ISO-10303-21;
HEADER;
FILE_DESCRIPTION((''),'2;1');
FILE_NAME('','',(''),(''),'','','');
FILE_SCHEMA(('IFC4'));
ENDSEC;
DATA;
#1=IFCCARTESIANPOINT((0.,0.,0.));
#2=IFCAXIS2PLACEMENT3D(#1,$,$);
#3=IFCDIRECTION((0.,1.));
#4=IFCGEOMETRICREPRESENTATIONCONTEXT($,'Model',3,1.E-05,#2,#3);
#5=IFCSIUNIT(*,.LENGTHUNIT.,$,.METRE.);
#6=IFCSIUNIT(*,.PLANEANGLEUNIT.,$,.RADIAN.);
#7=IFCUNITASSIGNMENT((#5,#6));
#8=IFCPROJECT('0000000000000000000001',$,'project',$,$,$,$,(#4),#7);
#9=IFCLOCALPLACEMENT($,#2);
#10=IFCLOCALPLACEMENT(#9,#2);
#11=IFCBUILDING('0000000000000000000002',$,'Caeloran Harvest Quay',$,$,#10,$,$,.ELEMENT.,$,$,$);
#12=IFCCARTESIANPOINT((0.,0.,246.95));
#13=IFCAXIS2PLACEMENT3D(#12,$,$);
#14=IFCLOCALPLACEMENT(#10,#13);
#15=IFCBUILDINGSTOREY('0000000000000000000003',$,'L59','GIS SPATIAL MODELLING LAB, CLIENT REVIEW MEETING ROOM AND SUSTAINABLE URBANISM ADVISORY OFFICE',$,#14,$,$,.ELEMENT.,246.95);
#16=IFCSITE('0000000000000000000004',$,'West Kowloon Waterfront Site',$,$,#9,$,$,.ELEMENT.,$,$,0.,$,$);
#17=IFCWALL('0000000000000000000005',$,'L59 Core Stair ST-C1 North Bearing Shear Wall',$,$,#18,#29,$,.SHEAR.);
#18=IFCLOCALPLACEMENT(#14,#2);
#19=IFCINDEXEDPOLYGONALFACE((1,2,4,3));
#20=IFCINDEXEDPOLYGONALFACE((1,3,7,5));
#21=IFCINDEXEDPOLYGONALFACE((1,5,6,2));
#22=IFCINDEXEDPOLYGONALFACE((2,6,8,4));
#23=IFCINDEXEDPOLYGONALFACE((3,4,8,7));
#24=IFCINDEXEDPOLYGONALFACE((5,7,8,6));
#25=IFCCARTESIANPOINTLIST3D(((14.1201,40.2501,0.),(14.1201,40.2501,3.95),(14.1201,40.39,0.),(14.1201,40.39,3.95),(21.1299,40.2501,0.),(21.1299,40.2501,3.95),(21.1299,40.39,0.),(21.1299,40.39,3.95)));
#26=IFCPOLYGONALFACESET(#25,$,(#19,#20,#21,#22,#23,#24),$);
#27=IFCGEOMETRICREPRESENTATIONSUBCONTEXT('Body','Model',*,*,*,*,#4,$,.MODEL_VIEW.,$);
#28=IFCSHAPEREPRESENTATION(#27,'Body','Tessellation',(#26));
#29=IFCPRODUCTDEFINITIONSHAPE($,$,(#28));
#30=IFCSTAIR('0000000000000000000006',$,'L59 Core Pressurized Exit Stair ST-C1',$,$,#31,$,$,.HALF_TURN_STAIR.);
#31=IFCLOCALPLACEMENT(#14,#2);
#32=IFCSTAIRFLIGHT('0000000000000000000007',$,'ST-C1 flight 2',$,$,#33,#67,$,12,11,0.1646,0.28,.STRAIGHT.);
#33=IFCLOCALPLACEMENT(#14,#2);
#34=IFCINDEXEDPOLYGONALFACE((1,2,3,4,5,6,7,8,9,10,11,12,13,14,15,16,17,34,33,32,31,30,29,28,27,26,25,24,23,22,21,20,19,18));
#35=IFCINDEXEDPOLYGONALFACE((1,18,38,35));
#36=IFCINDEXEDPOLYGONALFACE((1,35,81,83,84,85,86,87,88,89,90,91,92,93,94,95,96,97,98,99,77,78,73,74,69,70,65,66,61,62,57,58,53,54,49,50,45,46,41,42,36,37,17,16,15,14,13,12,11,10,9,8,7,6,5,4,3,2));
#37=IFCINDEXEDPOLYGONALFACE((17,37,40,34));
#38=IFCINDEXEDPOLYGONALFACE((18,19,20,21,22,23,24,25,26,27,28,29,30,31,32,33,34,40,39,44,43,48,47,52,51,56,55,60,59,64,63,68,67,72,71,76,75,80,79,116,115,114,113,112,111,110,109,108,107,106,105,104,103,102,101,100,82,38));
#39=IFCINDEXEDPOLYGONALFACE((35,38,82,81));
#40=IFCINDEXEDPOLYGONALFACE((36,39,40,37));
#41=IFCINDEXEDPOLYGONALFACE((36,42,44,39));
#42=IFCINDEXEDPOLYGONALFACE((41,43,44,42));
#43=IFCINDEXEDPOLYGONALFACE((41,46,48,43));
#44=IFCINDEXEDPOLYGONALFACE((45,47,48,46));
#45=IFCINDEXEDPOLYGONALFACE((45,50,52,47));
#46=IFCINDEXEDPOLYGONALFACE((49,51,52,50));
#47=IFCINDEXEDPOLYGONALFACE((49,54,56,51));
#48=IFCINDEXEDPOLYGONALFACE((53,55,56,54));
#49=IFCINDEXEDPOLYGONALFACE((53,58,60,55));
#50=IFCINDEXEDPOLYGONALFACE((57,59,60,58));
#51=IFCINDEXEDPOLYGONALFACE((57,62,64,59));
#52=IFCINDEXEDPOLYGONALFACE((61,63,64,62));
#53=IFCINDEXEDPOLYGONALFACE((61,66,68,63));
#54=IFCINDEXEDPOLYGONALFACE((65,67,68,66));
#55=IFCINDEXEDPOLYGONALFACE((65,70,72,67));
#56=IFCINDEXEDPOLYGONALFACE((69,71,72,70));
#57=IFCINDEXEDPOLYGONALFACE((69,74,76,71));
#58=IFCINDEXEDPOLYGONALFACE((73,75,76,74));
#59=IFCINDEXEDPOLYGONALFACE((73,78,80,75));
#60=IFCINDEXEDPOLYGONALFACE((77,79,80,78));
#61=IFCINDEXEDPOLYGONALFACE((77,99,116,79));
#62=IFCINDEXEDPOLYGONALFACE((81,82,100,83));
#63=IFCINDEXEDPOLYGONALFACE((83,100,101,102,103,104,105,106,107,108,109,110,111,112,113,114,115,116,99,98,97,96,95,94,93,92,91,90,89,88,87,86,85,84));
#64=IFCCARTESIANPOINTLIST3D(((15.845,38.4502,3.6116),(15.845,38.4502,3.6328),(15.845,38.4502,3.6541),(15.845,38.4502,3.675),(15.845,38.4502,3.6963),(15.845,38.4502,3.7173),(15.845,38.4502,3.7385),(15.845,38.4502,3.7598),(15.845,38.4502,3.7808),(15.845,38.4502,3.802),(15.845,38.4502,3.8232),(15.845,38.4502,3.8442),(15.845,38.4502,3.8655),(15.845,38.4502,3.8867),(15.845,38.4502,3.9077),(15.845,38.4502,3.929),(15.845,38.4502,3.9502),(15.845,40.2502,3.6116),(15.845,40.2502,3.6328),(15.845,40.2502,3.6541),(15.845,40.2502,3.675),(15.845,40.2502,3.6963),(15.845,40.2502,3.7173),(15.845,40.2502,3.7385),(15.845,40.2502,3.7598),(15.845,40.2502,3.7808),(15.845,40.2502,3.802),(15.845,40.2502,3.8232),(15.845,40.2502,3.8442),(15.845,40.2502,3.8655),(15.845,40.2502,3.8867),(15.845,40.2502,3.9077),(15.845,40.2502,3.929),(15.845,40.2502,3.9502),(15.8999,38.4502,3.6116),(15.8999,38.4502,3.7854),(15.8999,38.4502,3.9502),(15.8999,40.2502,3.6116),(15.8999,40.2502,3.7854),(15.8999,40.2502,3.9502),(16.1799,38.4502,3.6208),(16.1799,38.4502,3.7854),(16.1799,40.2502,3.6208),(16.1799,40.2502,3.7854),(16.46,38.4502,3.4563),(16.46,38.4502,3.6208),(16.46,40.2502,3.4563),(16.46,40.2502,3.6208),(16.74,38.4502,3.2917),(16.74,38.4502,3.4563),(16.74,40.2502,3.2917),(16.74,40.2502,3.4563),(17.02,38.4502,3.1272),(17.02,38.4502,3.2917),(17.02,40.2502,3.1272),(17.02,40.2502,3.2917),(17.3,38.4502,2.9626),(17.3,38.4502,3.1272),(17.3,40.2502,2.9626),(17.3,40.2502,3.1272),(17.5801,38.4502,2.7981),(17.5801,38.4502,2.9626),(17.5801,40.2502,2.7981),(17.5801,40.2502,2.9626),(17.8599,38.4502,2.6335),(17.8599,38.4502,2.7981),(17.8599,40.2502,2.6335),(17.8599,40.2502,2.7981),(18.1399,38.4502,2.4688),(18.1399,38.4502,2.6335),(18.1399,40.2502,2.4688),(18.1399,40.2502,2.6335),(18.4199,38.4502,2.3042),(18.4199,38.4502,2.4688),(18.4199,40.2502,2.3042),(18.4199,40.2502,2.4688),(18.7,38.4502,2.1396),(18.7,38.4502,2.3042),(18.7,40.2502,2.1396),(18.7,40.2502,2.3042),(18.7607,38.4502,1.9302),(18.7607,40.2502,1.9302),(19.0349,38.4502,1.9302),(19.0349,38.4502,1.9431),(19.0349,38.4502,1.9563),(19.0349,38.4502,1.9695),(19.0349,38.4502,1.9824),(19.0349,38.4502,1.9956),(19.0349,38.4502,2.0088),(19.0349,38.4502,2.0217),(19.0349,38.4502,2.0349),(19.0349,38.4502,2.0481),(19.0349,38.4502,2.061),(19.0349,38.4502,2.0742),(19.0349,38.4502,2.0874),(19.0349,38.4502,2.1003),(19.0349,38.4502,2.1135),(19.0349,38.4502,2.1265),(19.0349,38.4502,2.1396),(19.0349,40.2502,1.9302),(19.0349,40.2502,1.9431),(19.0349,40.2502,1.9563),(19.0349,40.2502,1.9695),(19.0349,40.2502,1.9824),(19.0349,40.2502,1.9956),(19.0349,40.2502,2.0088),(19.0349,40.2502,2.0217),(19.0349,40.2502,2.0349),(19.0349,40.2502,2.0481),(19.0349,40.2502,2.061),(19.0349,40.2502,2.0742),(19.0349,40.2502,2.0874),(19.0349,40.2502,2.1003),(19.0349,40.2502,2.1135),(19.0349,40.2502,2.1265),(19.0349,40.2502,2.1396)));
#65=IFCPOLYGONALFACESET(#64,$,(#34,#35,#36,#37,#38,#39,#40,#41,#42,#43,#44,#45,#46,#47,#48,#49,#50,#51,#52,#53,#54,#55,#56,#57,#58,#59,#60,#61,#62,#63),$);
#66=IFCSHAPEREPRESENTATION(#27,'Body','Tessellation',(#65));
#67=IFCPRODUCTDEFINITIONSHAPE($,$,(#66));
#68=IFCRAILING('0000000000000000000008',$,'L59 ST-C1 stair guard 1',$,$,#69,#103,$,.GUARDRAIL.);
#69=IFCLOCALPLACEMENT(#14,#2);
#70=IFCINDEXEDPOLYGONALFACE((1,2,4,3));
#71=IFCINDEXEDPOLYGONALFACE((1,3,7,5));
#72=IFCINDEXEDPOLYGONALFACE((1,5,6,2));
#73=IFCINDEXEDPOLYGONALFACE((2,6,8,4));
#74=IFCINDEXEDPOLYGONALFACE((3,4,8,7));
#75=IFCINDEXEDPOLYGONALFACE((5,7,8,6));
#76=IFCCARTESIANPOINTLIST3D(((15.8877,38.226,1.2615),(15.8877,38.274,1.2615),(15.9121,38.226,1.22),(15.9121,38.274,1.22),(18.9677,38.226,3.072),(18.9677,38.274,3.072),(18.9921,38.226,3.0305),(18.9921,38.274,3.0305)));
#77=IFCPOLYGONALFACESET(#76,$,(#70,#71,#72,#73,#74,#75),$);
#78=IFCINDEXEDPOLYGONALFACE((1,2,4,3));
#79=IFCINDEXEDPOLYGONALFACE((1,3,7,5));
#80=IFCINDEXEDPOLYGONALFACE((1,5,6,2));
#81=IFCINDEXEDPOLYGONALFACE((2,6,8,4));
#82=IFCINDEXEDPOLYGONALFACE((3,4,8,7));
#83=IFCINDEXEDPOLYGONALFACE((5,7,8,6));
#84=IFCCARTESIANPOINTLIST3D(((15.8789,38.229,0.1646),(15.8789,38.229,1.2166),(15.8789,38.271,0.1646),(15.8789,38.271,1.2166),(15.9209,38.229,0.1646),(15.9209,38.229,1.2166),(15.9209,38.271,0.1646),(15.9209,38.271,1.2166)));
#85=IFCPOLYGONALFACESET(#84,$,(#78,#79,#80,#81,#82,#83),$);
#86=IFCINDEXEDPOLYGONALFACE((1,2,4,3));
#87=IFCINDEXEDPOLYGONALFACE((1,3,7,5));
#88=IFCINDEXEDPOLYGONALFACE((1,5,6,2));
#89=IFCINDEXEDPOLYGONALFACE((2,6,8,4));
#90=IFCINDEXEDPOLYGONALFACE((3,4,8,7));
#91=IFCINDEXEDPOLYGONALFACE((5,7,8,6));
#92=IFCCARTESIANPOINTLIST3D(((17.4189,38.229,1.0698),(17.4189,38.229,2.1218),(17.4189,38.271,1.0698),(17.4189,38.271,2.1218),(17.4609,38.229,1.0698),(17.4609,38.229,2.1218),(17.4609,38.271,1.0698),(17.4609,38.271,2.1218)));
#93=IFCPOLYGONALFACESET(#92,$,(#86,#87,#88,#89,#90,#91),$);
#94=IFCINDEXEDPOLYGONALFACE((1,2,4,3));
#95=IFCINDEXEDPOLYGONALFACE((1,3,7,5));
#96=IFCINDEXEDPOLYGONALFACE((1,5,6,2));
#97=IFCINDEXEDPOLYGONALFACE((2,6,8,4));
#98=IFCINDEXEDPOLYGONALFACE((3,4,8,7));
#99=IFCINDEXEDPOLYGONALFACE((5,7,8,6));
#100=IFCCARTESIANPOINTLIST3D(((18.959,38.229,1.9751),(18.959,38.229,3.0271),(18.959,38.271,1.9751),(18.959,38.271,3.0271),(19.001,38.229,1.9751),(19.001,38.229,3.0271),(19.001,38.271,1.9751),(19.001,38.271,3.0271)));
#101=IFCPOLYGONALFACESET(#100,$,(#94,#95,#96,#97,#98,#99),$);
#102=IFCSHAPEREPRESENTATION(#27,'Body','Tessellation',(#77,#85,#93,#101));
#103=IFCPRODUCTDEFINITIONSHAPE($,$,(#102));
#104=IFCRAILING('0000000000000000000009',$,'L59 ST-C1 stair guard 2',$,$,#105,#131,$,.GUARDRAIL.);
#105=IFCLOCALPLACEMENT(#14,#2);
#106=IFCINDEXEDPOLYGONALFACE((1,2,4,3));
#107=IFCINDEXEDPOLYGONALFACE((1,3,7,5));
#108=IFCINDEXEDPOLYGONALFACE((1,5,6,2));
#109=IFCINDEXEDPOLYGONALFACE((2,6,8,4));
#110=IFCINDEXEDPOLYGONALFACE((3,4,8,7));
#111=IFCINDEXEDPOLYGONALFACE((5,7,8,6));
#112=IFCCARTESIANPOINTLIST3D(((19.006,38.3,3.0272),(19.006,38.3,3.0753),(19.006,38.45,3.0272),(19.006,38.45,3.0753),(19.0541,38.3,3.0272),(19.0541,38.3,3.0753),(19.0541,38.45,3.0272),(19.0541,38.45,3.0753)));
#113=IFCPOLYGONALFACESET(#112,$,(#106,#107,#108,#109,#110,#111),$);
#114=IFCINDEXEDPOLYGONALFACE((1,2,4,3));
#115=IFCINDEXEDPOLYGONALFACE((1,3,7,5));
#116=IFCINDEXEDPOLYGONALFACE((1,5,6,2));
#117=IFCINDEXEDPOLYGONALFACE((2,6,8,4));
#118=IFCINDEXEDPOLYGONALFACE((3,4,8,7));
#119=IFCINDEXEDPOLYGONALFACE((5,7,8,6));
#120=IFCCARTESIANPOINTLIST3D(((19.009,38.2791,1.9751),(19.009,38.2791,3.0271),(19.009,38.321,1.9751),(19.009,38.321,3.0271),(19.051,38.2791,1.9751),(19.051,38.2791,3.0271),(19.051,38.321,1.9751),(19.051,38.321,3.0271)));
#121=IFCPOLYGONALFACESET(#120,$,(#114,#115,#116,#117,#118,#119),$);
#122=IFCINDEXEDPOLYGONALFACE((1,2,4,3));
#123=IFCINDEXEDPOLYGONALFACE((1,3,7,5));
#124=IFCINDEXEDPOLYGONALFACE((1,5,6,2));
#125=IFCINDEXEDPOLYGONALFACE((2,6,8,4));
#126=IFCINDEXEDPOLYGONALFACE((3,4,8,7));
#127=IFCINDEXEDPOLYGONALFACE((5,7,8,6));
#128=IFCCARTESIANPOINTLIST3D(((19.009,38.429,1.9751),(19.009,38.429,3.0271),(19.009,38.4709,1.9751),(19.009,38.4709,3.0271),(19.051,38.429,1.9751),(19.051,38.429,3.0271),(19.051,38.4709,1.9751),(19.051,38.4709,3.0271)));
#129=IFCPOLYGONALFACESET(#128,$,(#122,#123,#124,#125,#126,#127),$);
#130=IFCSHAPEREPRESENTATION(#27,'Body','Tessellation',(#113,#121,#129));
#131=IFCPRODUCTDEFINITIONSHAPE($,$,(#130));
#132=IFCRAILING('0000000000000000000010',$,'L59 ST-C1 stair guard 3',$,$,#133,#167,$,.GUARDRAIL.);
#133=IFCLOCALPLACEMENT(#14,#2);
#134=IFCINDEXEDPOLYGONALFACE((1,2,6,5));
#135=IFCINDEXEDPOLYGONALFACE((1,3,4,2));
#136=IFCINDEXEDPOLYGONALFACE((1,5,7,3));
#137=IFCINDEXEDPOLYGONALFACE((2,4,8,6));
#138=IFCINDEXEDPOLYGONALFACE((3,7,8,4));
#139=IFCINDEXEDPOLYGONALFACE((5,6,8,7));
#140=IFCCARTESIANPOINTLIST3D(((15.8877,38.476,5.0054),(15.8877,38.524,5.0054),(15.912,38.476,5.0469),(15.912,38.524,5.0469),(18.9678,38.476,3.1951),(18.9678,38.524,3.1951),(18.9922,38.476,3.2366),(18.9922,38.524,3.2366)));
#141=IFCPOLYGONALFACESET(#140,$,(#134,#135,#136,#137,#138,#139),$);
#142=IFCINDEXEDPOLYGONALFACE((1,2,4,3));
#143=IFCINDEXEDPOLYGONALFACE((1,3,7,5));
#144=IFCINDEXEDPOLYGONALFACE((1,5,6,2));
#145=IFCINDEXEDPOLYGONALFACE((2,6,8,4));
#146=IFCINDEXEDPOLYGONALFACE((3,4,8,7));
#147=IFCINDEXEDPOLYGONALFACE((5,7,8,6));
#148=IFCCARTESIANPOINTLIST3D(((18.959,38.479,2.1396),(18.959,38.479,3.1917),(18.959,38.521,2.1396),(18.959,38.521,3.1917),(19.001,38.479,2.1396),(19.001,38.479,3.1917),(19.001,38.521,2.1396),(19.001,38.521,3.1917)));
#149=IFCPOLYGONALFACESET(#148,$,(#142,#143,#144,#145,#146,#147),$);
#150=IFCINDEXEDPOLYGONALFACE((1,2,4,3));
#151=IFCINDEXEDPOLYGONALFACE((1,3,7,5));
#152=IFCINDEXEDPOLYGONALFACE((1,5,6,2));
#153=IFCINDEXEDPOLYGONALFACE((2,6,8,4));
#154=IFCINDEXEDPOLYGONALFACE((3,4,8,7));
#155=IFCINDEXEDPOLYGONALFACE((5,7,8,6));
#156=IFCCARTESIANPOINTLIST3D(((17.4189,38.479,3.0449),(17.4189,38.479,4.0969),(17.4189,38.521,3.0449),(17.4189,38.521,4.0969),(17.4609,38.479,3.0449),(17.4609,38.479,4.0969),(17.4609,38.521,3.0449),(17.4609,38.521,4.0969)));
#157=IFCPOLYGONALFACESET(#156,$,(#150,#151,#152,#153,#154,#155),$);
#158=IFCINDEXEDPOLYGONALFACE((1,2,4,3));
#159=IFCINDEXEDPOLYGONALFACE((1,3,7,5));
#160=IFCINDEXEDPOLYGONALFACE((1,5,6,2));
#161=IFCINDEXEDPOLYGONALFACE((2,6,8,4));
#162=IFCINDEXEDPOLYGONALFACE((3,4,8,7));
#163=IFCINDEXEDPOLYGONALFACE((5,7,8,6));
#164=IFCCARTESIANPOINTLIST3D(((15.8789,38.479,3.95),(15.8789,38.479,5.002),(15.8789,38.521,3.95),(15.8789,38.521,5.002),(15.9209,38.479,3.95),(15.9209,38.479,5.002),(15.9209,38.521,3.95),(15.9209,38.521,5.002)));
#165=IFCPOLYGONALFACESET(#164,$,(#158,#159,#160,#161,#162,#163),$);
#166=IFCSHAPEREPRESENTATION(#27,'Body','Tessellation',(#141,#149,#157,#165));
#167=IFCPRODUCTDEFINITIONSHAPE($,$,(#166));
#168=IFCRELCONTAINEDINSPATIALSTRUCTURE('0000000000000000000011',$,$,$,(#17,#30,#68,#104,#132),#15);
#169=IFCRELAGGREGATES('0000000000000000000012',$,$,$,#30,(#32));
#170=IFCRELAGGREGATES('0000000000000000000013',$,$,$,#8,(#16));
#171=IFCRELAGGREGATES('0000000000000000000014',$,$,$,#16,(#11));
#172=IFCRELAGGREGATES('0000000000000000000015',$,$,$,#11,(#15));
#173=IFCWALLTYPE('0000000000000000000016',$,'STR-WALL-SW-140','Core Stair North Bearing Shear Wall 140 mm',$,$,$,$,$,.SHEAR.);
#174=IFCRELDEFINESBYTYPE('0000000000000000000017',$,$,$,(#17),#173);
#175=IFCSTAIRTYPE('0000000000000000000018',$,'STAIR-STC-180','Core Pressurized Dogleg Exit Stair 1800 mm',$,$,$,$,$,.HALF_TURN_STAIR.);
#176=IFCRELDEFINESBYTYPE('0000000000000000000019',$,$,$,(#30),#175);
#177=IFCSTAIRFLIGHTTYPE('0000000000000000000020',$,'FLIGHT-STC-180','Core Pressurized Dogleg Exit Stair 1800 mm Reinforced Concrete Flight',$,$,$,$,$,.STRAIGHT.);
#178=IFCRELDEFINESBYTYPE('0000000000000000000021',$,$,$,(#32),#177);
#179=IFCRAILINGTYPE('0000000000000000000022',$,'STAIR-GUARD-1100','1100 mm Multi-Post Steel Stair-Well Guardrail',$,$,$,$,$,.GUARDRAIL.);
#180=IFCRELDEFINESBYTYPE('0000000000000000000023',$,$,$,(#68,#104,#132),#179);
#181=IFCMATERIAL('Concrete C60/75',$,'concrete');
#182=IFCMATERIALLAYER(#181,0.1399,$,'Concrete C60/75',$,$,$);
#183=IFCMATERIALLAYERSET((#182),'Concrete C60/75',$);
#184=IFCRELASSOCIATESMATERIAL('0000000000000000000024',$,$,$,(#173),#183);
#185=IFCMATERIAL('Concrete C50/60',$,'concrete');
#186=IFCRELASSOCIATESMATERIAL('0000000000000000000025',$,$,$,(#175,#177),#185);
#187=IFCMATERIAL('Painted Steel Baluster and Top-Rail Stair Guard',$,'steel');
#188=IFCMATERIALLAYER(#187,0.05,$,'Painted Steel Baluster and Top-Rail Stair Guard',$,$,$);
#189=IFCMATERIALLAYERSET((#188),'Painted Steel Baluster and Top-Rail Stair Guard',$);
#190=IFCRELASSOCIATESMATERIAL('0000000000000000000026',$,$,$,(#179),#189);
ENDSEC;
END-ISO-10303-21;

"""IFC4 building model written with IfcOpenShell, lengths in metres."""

from ifc_helpers import new_model, si_unit, direction, frame, frame_2d, origin, origin_2d, place, context, subcontext, project, spatial, polyline, rectangle, outline, extrude, material, layer, layer_set, type_object, element, aggregate, save


model = new_model("IFC4")

# Units and contexts
model_context = context("Model", 3, precision=1e-05, world=origin(), true_north=direction((0.0, 1.0)))
body_context = subcontext(model_context, "Body", "Model", "MODEL_VIEW")
ifc_project = project(units=[si_unit("LENGTHUNIT", "METRE"), si_unit("PLANEANGLEUNIT", "RADIAN")], contexts=[model_context])

# Site, building, storey
site_placement = place(None, origin())
site = spatial("IfcSite", under=ifc_project, at=site_placement, Name="West Kowloon Waterfront Site", CompositionType="ELEMENT", RefElevation=0.0)
building_placement = place(site_placement, origin())
building = spatial("IfcBuilding", under=site, at=building_placement, Name="Caeloran Harvest Quay", CompositionType="ELEMENT")
storey_placement = place(building_placement, frame((0.0, 0.0, 246.95)))
storey = spatial("IfcBuildingStorey", under=building, at=storey_placement, Name="L59", Description="GIS SPATIAL MODELLING LAB, CLIENT REVIEW MEETING ROOM AND SUSTAINABLE URBANISM ADVISORY OFFICE", CompositionType="ELEMENT", Elevation=246.95)

# Shared definitions
ifc_material_1 = material(Name="Concrete C50/60", Category="concrete")

# Shared definitions
ifc_material_2 = material(Name="Concrete C60/75", Category="concrete")

# Wall
ifc_layer_1 = layer(ifc_material_2, 0.1399, Name="Concrete C60/75")
ifc_layer_set_1 = layer_set([ifc_layer_1], Name="Concrete C60/75")
wall_type_1 = type_object("IfcWallType", Name="STR-WALL-SW-140", Description="Core Stair North Bearing Shear Wall 140 mm", PredefinedType="SHEAR", material=ifc_layer_set_1)
wall_1_placement = place(storey_placement, frame((14.1201, 40.3201, 0.0), z_axis=(0.0, 0.0, 1.0), x_axis=(1.0, 0.0, 0.0)))
element("IfcWall", 1, at=wall_1_placement, inside=storey, type_object=wall_type_1, Name="L59 Core Stair ST-C1 North Bearing Shear Wall", PredefinedType="SHEAR", context=body_context, shape_type="SweptSolid", body=[
    extrude(rectangle(XDim=7.0098, YDim=0.1399, at=frame_2d((3.5049, 0.0))), origin(), (0.0, 0.0, 1.0), 3.95),
])

# Stair, stair flight
stair_type = type_object("IfcStairType", Name="STAIR-STC-180", Description="Core Pressurized Dogleg Exit Stair 1800 mm", PredefinedType="HALF_TURN_STAIR", material=ifc_material_1)
stair_placement = place(storey_placement, origin())
stair = element("IfcStair", 2, at=stair_placement, inside=storey, type_object=stair_type, Name="L59 Core Pressurized Exit Stair ST-C1", PredefinedType="HALF_TURN_STAIR")
stair_flight_type = type_object("IfcStairFlightType", Name="FLIGHT-STC-180", Description="Core Pressurized Dogleg Exit Stair 1800 mm Reinforced Concrete Flight", PredefinedType="STRAIGHT", material=ifc_material_1)
stair_flight_placement = place(storey_placement, frame((18.98, 39.3501, 1.9751), z_axis=(0.0, 0.0, 1.0), x_axis=(-1.0, 0.0, 0.0)))
stair_flight = element("IfcStairFlight", 3, at=stair_flight_placement, type_object=stair_flight_type, Name="ST-C1 flight 2", NumberOfRisers=12, NumberOfTreads=11, PredefinedType="STRAIGHT", RiserHeight=0.1646, TreadLength=0.28, context=body_context, shape_type="SweptSolid", body=[
    extrude(outline(polyline([(-0.0549, -0.0449), (-0.0549, -0.032), (-0.0549, -0.0188), (-0.0549, -0.0056), (-0.0549, 0.0073), (-0.0549, 0.0205), (-0.0549, 0.0337), (-0.0549, 0.0466), (-0.0549, 0.0598), (-0.0549, 0.073), (-0.0549, 0.0859), (-0.0549, 0.0991), (-0.0549, 0.1123), (-0.0549, 0.1252), (-0.0549, 0.1384), (-0.0549, 0.1514), (-0.0549, 0.1646), (0.28, 0.1646), (0.28, 0.3291), (0.5601, 0.3291), (0.5601, 0.4937), (0.8401, 0.4937), (0.8401, 0.6584), (1.1201, 0.6584), (1.1201, 0.823), (1.3999, 0.823), (1.3999, 0.9875), (1.6799, 0.9875), (1.6799, 1.1521), (1.96, 1.1521), (1.96, 1.3167), (2.24, 1.3167), (2.24, 1.4812), (2.52, 1.4812), (2.52, 1.6458), (2.8, 1.6458), (2.8, 1.8103), (3.0801, 1.8103), (3.0801, 1.9751), (3.135, 1.9751), (3.135, 1.9539), (3.135, 1.9326), (3.135, 1.9116), (3.135, 1.8904), (3.135, 1.8691), (3.135, 1.8481), (3.135, 1.8269), (3.135, 1.8057), (3.135, 1.7847), (3.135, 1.7634), (3.135, 1.7422), (3.135, 1.7212), (3.135, 1.7), (3.135, 1.679), (3.135, 1.6577), (3.135, 1.6365), (3.0801, 1.6365), (0.2192, -0.0449), (-0.0549, -0.0449)])), frame((0.0, 0.8999, 0.0), z_axis=(0.0, -1.0, 0.0), x_axis=(1.0, 0.0, 0.0)), (0.0, 0.0, 1.0), 1.8),
])
aggregate(stair, [stair_flight])

# Railings
ifc_material_3 = material(Name="Painted Steel Baluster and Top-Rail Stair Guard", Category="steel")
ifc_layer_2 = layer(ifc_material_3, 0.05, Name="Painted Steel Baluster and Top-Rail Stair Guard")
ifc_layer_set_2 = layer_set([ifc_layer_2], Name="Painted Steel Baluster and Top-Rail Stair Guard")
railing_type_1 = type_object("IfcRailingType", Name="STAIR-GUARD-1100", Description="1100 mm Multi-Post Steel Stair-Well Guardrail", PredefinedType="GUARDRAIL", material=ifc_layer_set_2)
railing_1_placement = place(storey_placement, frame((15.8999, 38.25, 0.1646)))
element("IfcRailing", 4, at=railing_1_placement, inside=storey, type_object=railing_type_1, Name="L59 ST-C1 stair guard 1", PredefinedType="GUARDRAIL", context=body_context, shape_type="SweptSolid", body=[
    extrude(rectangle(XDim=0.0481, YDim=0.0481, at=origin_2d()), frame((0.0, 0.0, 1.0762), z_axis=(0.862089, 0.0, 0.506757), x_axis=(0.0, 1.0, 0.0)), (0.0, 0.0, 1.0), 3.5728),
    extrude(rectangle(XDim=0.042, YDim=0.042, at=origin_2d()), origin(), (0.0, 0.0, 1.0), 1.052),
    extrude(rectangle(XDim=0.042, YDim=0.042, at=origin_2d()), frame((1.54, 0.0, 0.9053)), (0.0, 0.0, 1.0), 1.052),
    extrude(rectangle(XDim=0.042, YDim=0.042, at=origin_2d()), frame((3.0801, 0.0, 1.8105)), (0.0, 0.0, 1.0), 1.052),
])
railing_2_placement = place(storey_placement, frame((19.03, 38.3, 1.9751)))
element("IfcRailing", 5, at=railing_2_placement, inside=storey, type_object=railing_type_1, Name="L59 ST-C1 stair guard 2", PredefinedType="GUARDRAIL", context=body_context, shape_type="SweptSolid", body=[
    extrude(rectangle(XDim=0.0481, YDim=0.0481, at=origin_2d()), frame((0.0, 0.0, 1.0762), z_axis=(0.0, 1.0, 0.0), x_axis=(-1.0, 0.0, 0.0)), (0.0, 0.0, 1.0), 0.1499),
    extrude(rectangle(XDim=0.042, YDim=0.042, at=origin_2d()), origin(), (0.0, 0.0, 1.0), 1.052),
    extrude(rectangle(XDim=0.042, YDim=0.042, at=origin_2d()), frame((0.0, 0.1499, 0.0)), (0.0, 0.0, 1.0), 1.052),
])
railing_3_placement = place(storey_placement, frame((18.98, 38.5, 2.1396)))
element("IfcRailing", 6, at=railing_3_placement, inside=storey, type_object=railing_type_1, Name="L59 ST-C1 stair guard 3", PredefinedType="GUARDRAIL", context=body_context, shape_type="SweptSolid", body=[
    extrude(rectangle(XDim=0.0481, YDim=0.0481, at=origin_2d()), frame((0.0, 0.0, 1.0762), z_axis=(-0.862119, 0.0, 0.506707), x_axis=(0.0, -1.0, 0.0)), (0.0, 0.0, 1.0), 3.5728),
    extrude(rectangle(XDim=0.042, YDim=0.042, at=origin_2d()), origin(), (0.0, 0.0, 1.0), 1.052),
    extrude(rectangle(XDim=0.042, YDim=0.042, at=origin_2d()), frame((-1.54, 0.0, 0.9053)), (0.0, 0.0, 1.0), 1.052),
    extrude(rectangle(XDim=0.042, YDim=0.042, at=origin_2d()), frame((-3.0801, 0.0, 1.8103)), (0.0, 0.0, 1.0), 1.052),
])

save(model, "model.ifc")
